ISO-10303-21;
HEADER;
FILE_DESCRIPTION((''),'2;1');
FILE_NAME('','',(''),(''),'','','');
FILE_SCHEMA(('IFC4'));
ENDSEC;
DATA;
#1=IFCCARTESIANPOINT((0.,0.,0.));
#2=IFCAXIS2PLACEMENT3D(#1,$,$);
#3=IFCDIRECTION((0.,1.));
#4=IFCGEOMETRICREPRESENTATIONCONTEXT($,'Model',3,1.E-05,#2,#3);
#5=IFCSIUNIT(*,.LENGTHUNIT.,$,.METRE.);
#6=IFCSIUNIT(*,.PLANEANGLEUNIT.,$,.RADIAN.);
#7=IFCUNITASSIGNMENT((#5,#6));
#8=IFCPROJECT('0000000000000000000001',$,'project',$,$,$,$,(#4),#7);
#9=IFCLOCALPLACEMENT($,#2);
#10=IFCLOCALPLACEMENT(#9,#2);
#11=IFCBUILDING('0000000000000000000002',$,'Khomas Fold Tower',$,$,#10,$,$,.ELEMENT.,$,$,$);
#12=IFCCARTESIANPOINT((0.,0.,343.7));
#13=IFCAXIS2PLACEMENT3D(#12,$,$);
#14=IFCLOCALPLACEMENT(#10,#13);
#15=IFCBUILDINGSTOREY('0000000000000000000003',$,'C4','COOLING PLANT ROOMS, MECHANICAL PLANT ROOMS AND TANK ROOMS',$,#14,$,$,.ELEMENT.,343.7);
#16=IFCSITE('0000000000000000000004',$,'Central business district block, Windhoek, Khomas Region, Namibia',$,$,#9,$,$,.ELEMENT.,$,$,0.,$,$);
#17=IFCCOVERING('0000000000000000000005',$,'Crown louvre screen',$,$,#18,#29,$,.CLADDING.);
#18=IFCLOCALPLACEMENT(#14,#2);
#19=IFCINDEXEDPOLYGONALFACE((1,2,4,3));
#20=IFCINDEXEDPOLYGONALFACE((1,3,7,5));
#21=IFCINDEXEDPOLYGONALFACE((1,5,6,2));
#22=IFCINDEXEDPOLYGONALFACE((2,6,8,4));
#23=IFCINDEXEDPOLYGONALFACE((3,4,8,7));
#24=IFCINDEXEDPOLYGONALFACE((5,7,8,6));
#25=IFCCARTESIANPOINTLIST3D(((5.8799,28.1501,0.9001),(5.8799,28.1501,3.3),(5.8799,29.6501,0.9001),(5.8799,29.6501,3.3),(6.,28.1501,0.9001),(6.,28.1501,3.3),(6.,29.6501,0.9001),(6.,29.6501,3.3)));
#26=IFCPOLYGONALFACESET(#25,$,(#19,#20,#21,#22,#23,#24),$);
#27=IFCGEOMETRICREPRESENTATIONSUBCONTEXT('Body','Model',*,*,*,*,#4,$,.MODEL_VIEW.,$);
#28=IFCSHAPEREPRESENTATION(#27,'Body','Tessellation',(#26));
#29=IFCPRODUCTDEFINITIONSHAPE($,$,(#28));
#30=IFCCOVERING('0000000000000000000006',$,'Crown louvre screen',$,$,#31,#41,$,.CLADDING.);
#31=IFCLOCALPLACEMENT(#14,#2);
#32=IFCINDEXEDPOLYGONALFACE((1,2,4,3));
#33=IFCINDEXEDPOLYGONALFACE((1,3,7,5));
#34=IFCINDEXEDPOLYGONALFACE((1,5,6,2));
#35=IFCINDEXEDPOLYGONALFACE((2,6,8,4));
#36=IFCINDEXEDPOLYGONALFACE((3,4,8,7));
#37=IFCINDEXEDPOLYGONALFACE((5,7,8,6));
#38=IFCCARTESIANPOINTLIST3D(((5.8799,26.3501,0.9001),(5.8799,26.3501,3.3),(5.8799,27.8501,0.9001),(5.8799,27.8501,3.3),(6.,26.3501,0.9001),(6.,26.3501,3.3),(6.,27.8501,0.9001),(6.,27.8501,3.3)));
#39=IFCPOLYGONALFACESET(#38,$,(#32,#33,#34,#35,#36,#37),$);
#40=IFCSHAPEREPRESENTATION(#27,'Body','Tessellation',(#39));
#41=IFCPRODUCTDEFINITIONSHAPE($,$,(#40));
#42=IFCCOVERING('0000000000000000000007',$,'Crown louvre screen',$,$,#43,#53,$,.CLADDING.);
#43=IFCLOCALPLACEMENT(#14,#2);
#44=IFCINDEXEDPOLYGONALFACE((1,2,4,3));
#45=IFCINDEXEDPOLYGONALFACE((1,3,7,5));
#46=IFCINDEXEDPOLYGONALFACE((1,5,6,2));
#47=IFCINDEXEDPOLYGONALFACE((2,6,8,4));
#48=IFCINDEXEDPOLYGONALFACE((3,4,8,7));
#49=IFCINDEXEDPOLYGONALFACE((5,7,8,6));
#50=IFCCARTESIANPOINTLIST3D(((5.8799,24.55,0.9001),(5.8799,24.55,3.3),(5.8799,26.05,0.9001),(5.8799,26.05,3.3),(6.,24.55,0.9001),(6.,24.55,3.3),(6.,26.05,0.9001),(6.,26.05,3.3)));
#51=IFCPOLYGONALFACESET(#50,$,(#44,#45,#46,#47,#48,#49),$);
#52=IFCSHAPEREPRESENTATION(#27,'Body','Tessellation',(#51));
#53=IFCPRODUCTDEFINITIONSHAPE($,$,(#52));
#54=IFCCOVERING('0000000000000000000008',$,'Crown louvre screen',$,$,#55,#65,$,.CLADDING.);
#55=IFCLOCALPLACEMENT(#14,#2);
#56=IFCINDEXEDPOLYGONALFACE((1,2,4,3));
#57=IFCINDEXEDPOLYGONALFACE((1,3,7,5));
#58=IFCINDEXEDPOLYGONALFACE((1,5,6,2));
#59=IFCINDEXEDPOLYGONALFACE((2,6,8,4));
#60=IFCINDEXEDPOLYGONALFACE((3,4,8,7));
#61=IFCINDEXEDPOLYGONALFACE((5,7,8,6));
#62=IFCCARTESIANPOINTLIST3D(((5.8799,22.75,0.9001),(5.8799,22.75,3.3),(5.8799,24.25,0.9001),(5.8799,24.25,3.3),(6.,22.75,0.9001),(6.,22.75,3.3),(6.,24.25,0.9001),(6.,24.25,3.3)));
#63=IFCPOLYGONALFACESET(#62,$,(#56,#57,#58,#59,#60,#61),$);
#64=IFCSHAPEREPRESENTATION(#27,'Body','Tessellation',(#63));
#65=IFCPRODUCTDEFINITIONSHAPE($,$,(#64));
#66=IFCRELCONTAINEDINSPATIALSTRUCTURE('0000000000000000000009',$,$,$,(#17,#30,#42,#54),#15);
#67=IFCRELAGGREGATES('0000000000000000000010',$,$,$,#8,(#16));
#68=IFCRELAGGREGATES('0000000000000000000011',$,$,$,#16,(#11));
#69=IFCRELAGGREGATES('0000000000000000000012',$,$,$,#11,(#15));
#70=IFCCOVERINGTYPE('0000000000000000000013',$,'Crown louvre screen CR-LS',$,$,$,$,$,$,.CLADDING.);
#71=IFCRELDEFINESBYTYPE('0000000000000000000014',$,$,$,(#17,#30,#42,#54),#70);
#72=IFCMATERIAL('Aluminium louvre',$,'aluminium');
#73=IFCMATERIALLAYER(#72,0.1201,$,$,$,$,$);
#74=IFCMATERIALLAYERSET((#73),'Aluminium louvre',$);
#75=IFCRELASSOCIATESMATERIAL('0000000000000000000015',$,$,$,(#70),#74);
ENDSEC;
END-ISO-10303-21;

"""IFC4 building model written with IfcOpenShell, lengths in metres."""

from ifc_helpers import new_model, si_unit, direction, frame, origin, origin_2d, place, context, subcontext, project, spatial, rectangle, extrude, source, transform, mapped, material, layer, layer_set, type_object, element, save


model = new_model("IFC4")

# Units and contexts
model_context = context("Model", 3, precision=1e-05, world=origin(), true_north=direction((0.0, 1.0)))
body_context = subcontext(model_context, "Body", "Model", "MODEL_VIEW")
ifc_project = project(units=[si_unit("LENGTHUNIT", "METRE"), si_unit("PLANEANGLEUNIT", "RADIAN")], contexts=[model_context])

# Site, building, storey
site_placement = place(None, origin())
site = spatial("IfcSite", under=ifc_project, at=site_placement, Name="Central business district block, Windhoek, Khomas Region, Namibia", CompositionType="ELEMENT", RefElevation=0.0)
building_placement = place(site_placement, origin())
building = spatial("IfcBuilding", under=site, at=building_placement, Name="Khomas Fold Tower", CompositionType="ELEMENT")
storey_placement = place(building_placement, frame((0.0, 0.0, 343.7)))
storey = spatial("IfcBuildingStorey", under=building, at=storey_placement, Name="C4", Description="COOLING PLANT ROOMS, MECHANICAL PLANT ROOMS AND TANK ROOMS", CompositionType="ELEMENT", Elevation=343.7)

# Coverings
ifc_material_1 = material(Name="Aluminium louvre", Category="aluminium")
ifc_layer_1 = layer(ifc_material_1, 0.1201)
ifc_layer_set_1 = layer_set([ifc_layer_1], Name="Aluminium louvre")
covering_type = type_object("IfcCoveringType", Name="Crown louvre screen CR-LS", PredefinedType="CLADDING", material=ifc_layer_set_1)
shared_shape_1 = source(origin(), body_context, "Body", "SweptSolid", [
    extrude(rectangle(XDim=1.5, YDim=0.1201, at=origin_2d()), origin(), (0.0, 0.0, 1.0), 2.3999),
])
for number, where, z_axis, x_axis, name in (
    (1, (5.9399, 28.9001, 0.9001), (0.0, 0.0, 1.0), (0.0, -1.0, 0.0), "Crown louvre screen"),
    (2, (5.9399, 27.1001, 0.9001), (0.0, 0.0, 1.0), (0.0, -1.0, 0.0), "Crown louvre screen"),
    (3, (5.9399, 25.3, 0.9001), (0.0, 0.0, 1.0), (0.0, -1.0, 0.0), "Crown louvre screen"),
    (4, (5.9399, 23.5, 0.9001), (0.0, 0.0, 1.0), (0.0, -1.0, 0.0), "Crown louvre screen"),
):
    element("IfcCovering", number, at=place(storey_placement, frame(where, z_axis=z_axis, x_axis=x_axis)), inside=storey, type_object=covering_type, Name=name, PredefinedType="CLADDING", context=body_context, shape_type="MappedRepresentation", body=[
        mapped(shared_shape_1, transform((0.0, 0.0, 0.0))),
    ])

save(model, "model.ifc")
